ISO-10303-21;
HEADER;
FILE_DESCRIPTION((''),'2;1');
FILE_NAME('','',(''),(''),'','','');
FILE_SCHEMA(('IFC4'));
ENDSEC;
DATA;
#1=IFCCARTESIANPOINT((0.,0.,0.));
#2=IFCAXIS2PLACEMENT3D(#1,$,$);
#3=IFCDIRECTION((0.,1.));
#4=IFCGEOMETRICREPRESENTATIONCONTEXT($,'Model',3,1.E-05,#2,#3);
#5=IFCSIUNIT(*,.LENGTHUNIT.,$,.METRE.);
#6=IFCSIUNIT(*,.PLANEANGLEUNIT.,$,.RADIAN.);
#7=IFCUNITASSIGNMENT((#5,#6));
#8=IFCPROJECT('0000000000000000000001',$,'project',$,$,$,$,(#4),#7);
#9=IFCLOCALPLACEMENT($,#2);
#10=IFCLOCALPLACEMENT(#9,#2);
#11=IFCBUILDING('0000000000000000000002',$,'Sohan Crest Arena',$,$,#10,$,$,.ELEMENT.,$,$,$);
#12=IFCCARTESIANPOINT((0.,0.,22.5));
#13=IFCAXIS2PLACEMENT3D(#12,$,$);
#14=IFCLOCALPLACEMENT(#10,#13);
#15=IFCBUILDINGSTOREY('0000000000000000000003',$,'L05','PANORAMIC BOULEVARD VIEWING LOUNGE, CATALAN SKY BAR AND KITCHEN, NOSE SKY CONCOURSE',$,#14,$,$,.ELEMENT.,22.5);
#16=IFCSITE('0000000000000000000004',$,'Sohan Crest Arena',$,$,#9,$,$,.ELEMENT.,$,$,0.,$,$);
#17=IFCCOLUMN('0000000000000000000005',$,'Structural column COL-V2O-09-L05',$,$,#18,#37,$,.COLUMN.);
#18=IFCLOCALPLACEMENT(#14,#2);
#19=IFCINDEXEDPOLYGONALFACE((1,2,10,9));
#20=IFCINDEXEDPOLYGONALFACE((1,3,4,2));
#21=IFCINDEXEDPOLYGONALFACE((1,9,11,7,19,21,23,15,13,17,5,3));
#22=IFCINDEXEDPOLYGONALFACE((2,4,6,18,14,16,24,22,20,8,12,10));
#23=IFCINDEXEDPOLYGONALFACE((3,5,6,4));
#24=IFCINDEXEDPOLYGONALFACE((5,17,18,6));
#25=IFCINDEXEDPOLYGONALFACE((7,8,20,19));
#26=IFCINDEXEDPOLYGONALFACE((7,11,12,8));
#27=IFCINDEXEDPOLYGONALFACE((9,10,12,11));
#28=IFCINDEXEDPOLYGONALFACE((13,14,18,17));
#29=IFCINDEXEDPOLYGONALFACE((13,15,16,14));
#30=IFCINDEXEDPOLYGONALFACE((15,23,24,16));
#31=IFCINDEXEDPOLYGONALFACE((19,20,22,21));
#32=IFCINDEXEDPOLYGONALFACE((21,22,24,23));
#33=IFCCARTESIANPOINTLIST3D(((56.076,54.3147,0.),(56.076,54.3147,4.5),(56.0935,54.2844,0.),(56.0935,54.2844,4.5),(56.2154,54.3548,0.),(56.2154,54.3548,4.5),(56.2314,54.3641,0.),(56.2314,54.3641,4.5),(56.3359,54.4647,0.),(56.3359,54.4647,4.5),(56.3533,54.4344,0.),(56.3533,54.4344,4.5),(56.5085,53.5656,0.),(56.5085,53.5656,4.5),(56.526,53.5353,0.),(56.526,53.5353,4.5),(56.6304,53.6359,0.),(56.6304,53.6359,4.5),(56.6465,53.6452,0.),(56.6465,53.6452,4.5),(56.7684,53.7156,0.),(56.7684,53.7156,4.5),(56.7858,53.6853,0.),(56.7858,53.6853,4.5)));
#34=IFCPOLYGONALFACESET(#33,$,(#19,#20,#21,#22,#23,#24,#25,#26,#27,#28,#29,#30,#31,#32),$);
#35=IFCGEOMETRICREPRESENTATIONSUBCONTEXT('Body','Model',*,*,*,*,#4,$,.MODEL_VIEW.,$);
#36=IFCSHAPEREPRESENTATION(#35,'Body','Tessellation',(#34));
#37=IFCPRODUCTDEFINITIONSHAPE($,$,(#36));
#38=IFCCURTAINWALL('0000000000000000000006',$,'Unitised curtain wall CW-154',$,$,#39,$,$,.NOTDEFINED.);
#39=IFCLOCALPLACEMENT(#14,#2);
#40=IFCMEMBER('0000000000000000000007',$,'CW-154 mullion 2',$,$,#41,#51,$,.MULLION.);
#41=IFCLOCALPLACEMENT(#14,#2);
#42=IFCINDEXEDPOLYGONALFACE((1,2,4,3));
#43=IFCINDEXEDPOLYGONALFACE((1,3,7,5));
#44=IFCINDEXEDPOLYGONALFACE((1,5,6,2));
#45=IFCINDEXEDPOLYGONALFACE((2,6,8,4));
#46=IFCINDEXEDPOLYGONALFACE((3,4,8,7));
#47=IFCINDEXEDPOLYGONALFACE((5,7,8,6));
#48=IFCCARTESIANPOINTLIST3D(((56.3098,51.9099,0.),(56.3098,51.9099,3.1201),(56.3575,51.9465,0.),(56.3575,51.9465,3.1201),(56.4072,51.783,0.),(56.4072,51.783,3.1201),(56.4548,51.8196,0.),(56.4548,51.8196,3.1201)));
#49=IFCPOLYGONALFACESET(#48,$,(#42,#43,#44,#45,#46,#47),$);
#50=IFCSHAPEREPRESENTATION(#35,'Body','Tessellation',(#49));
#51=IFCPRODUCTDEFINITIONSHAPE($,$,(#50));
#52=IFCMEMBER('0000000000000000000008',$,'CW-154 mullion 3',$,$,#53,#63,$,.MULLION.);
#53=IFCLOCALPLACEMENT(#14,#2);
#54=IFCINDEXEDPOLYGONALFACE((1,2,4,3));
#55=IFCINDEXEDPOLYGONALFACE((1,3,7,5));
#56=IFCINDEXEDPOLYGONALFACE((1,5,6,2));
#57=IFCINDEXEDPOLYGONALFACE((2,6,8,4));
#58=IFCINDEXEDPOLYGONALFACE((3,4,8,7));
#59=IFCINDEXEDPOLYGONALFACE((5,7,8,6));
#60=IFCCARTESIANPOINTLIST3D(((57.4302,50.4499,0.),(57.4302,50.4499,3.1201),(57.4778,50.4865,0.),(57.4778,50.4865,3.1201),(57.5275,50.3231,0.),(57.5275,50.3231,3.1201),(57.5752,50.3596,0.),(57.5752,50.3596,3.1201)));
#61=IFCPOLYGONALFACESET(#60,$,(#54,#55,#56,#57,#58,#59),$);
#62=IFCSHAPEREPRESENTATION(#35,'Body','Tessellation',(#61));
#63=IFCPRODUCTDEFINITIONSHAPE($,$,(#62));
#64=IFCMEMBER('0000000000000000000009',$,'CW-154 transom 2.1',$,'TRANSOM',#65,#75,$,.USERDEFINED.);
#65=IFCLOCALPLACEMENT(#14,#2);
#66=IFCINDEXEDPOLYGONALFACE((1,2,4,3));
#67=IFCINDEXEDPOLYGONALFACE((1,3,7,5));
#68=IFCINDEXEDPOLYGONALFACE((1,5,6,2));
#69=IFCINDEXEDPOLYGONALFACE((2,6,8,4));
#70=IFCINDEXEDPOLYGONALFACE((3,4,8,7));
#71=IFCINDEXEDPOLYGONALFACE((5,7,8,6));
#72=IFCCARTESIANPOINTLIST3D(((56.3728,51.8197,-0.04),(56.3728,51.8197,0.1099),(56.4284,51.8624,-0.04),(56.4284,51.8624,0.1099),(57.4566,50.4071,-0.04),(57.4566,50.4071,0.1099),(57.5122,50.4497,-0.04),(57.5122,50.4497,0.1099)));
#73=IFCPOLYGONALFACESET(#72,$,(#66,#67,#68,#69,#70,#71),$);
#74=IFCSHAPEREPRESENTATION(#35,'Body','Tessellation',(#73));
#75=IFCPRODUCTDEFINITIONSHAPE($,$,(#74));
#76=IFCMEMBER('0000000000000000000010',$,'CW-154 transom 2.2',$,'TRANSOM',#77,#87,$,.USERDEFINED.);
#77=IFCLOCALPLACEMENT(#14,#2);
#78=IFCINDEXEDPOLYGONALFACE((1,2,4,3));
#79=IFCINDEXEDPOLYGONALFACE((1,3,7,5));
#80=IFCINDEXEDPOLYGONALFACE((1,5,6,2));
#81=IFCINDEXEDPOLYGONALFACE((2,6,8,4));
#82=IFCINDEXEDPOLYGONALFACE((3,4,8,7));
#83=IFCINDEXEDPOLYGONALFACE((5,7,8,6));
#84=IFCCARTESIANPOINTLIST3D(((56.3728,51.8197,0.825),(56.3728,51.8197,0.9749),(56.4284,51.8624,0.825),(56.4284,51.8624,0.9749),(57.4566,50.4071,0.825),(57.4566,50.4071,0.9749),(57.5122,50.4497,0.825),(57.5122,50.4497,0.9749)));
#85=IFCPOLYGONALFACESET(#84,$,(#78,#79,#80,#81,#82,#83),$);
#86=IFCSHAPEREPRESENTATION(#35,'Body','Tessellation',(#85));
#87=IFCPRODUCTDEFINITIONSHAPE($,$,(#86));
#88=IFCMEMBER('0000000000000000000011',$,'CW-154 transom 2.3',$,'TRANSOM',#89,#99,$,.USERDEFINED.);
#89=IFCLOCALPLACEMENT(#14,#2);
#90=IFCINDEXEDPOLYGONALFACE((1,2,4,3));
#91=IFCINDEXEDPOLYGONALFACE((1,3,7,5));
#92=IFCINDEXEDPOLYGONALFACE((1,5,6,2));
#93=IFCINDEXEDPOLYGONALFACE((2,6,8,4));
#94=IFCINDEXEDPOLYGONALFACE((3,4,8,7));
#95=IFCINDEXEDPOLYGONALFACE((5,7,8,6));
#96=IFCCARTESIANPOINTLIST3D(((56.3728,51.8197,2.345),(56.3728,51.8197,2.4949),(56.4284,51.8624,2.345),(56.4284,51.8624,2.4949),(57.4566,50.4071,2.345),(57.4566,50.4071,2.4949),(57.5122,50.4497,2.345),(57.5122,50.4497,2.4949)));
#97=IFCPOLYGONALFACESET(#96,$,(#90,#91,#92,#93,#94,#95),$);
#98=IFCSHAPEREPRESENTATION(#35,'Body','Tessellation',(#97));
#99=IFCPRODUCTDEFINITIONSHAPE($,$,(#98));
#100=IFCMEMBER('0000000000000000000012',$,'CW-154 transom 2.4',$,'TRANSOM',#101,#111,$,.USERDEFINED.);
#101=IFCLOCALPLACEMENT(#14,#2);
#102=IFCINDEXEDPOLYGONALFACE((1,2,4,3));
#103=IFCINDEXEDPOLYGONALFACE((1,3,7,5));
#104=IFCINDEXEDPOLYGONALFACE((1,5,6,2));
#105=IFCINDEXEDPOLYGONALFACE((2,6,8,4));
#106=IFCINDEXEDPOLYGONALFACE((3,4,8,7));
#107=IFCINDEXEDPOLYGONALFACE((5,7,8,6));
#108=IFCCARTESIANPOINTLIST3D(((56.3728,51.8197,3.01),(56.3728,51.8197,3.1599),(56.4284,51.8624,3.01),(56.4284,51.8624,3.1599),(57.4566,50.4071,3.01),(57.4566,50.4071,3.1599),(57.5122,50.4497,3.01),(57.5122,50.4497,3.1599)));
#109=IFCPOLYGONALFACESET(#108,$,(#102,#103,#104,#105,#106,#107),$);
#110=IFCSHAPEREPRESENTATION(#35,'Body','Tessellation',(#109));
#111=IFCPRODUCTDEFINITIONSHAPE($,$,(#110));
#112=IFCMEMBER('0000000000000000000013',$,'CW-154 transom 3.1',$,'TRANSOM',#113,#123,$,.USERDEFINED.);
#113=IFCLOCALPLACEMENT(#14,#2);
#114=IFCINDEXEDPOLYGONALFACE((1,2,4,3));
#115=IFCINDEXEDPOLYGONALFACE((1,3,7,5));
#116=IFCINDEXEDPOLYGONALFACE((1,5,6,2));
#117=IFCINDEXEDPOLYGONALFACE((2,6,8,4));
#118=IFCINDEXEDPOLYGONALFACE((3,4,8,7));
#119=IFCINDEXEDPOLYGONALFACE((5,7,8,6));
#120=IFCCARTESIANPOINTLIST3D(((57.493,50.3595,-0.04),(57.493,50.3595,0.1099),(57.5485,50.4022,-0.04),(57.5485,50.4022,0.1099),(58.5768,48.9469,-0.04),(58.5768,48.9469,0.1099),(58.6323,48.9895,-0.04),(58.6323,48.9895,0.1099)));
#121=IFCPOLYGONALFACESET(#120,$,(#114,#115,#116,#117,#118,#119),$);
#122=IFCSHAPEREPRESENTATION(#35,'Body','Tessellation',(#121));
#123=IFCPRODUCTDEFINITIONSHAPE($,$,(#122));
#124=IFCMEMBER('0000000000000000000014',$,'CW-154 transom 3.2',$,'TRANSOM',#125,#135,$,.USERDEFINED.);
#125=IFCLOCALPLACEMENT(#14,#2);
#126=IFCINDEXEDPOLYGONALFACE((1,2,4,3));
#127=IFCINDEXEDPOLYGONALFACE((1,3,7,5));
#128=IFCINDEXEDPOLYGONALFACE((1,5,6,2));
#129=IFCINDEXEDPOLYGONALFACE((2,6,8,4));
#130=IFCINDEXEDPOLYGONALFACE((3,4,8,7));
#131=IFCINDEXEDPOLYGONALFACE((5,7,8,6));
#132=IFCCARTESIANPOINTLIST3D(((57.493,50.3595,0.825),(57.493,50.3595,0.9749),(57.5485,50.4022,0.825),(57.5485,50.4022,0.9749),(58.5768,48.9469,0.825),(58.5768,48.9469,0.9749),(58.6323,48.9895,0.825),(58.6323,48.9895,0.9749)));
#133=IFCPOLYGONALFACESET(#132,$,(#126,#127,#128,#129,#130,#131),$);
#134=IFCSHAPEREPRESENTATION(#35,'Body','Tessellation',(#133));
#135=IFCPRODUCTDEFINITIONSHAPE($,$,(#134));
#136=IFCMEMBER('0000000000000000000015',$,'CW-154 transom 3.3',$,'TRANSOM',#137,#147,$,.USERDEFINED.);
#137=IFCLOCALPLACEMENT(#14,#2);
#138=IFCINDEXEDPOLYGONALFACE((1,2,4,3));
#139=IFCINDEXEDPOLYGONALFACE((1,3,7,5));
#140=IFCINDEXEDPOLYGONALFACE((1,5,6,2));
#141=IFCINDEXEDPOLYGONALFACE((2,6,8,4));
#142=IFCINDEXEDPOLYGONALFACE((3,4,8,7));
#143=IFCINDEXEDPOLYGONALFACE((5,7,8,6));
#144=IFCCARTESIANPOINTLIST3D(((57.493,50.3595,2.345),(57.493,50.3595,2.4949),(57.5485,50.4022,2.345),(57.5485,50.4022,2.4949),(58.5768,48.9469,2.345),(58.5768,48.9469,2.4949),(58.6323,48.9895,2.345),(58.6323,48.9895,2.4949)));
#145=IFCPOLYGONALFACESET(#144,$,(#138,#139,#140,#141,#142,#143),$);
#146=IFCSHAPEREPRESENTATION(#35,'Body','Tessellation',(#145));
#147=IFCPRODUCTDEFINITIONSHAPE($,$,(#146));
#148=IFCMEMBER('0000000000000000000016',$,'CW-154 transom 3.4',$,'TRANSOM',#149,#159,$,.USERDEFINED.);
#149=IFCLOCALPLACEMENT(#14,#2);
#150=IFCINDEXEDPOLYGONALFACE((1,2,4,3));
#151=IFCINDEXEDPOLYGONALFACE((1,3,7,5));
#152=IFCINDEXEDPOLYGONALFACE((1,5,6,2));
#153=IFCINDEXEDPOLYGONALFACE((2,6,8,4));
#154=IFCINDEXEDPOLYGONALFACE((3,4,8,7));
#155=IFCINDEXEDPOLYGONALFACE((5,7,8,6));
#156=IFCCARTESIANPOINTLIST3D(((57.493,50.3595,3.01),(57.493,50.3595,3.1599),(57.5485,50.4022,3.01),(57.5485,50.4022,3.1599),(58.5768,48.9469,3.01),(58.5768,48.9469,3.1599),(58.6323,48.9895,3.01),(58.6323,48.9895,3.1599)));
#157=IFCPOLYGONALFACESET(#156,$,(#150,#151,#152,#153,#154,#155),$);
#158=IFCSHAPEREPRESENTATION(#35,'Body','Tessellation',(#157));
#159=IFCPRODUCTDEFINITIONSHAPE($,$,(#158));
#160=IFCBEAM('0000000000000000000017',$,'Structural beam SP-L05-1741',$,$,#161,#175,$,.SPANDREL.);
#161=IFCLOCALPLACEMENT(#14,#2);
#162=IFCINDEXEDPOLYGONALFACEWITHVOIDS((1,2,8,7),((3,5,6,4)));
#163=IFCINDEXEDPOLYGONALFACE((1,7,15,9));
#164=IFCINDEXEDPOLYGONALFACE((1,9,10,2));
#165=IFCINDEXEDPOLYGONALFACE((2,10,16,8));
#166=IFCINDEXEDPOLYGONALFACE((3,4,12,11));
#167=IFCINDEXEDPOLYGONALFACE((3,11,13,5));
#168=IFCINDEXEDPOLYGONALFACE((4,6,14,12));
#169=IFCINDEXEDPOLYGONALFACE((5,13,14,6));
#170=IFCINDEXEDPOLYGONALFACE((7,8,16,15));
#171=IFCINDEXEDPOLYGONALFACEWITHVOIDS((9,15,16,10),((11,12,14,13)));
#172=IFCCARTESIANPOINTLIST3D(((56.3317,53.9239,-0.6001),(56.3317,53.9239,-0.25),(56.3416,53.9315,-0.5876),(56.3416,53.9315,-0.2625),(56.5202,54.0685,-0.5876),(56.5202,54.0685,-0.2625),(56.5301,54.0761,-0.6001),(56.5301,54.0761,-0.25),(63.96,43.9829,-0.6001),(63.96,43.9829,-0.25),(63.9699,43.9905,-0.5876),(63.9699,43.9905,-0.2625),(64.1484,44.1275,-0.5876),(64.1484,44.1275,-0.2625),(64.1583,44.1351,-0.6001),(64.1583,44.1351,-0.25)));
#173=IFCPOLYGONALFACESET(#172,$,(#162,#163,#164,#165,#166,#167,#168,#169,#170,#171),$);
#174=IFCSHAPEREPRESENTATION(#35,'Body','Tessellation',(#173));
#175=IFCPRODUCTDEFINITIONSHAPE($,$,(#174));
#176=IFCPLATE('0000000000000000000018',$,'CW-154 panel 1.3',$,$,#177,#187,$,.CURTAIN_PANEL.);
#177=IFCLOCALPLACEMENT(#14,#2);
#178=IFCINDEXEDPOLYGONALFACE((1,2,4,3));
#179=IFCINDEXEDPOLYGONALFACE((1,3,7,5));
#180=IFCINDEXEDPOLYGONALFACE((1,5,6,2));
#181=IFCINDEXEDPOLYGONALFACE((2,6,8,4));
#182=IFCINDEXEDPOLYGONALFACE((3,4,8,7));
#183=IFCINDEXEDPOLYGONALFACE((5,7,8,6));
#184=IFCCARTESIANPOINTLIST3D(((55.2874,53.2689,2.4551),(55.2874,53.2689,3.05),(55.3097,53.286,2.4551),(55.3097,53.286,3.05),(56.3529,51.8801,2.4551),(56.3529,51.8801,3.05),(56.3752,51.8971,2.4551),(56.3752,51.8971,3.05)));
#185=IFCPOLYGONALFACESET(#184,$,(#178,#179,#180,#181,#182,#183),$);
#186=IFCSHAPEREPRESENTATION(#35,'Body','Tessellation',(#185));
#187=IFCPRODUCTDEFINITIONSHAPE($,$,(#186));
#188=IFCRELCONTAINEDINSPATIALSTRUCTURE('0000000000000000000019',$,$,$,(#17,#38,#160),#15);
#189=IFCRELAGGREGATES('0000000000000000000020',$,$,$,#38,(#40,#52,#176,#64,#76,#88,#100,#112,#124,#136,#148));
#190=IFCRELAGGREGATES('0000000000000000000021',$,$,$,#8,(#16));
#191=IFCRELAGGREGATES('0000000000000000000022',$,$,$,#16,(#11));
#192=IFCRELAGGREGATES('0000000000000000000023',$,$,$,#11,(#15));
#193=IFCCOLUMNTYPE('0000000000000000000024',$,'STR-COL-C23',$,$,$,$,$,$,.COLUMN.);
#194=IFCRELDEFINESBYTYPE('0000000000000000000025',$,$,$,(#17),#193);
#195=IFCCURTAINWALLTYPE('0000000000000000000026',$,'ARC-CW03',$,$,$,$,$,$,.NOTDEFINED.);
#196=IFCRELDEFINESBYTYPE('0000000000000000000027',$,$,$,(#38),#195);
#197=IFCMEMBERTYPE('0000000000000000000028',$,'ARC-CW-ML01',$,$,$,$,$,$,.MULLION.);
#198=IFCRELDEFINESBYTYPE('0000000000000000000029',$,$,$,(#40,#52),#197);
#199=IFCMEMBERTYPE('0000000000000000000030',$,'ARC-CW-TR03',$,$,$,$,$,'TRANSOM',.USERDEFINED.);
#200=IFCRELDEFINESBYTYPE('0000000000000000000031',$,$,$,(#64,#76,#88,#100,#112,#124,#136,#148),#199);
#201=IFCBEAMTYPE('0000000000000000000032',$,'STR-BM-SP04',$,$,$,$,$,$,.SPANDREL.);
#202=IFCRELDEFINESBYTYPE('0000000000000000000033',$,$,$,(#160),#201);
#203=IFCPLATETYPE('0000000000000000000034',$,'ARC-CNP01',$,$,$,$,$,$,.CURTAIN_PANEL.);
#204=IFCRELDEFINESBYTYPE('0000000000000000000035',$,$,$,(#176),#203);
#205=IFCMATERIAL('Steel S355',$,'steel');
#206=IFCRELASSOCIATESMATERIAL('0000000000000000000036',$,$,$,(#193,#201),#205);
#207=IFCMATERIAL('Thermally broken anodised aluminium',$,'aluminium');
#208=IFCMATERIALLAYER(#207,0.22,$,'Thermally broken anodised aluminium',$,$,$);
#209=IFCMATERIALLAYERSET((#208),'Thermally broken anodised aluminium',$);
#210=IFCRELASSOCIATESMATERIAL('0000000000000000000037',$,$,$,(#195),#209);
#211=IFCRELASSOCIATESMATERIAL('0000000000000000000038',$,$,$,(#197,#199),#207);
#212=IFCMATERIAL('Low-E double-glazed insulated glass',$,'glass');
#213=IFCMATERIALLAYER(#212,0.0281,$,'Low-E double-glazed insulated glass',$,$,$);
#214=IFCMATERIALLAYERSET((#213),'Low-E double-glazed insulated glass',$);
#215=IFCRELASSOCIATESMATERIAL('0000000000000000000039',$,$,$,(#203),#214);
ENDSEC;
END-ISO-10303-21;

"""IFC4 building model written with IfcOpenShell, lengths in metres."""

from ifc_helpers import new_model, si_unit, direction, frame, origin, origin_2d, place, context, subcontext, project, spatial, rectangle, hollow_rectangle, i_section, extrude, material, layer, layer_set, material_profile, profile_set, type_object, element, aggregate, save


model = new_model("IFC4")

# Units and contexts
model_context = context("Model", 3, precision=1e-05, world=origin(), true_north=direction((0.0, 1.0)))
body_context = subcontext(model_context, "Body", "Model", "MODEL_VIEW")
ifc_project = project(units=[si_unit("LENGTHUNIT", "METRE"), si_unit("PLANEANGLEUNIT", "RADIAN")], contexts=[model_context])

# Site, building, storey
site_placement = place(None, origin())
site = spatial("IfcSite", under=ifc_project, at=site_placement, Name="Sohan Crest Arena", CompositionType="ELEMENT", RefElevation=0.0)
building_placement = place(site_placement, origin())
building = spatial("IfcBuilding", under=site, at=building_placement, Name="Sohan Crest Arena", CompositionType="ELEMENT")
storey_placement = place(building_placement, frame((0.0, 0.0, 22.5)))
storey = spatial("IfcBuildingStorey", under=building, at=storey_placement, Name="L05", Description="PANORAMIC BOULEVARD VIEWING LOUNGE, CATALAN SKY BAR AND KITCHEN, NOSE SKY CONCOURSE", CompositionType="ELEMENT", Elevation=22.5)

# Column
ifc_material_1 = material(Name="Steel S355", Category="steel")
ifc_material_profile_1 = material_profile(ifc_material_1, i_section(OverallWidth=0.3, OverallDepth=0.8999, WebThickness=0.0186, FlangeThickness=0.0349, at=origin_2d()), Name="HEB 900")
ifc_profile_set_1 = profile_set([ifc_material_profile_1], Name="Steel S355")
column_type = type_object("IfcColumnType", Name="STR-COL-C23", PredefinedType="COLUMN", material=ifc_profile_set_1)
column_placement = place(storey_placement, frame((56.4309, 54.0, 0.0), z_axis=(0.0, 0.0, 1.0), x_axis=(0.866025, 0.5, 0.0)))
element("IfcColumn", 1, at=column_placement, inside=storey, type_object=column_type, Name="Structural column COL-V2O-09-L05", PredefinedType="COLUMN", context=body_context, shape_type="SweptSolid", body=[
    extrude(i_section(OverallWidth=0.3, OverallDepth=0.8999, WebThickness=0.0186, FlangeThickness=0.0349, at=origin_2d()), origin(), (0.0, 0.0, 1.0), 4.5),
])

# Curtain wall, members
ifc_material_2 = material(Name="Thermally broken anodised aluminium", Category="aluminium")
ifc_layer_1 = layer(ifc_material_2, 0.22, Name="Thermally broken anodised aluminium")
ifc_layer_set_1 = layer_set([ifc_layer_1], Name="Thermally broken anodised aluminium")
curtain_wall_type = type_object("IfcCurtainWallType", Name="ARC-CW03", PredefinedType="NOTDEFINED", material=ifc_layer_set_1)
curtain_wall_placement = place(storey_placement, origin())
curtain_wall = element("IfcCurtainWall", 2, at=curtain_wall_placement, inside=storey, type_object=curtain_wall_type, Name="Unitised curtain wall CW-154", PredefinedType="NOTDEFINED")
ifc_material_profile_2 = material_profile(ifc_material_2, rectangle(XDim=0.0601, YDim=0.1599, at=origin_2d()), Name="ALU-MULL 60x160")
ifc_profile_set_2 = profile_set([ifc_material_profile_2], Name="Thermally broken anodised aluminium")
member_type_1 = type_object("IfcMemberType", Name="ARC-CW-ML01", PredefinedType="MULLION", material=ifc_profile_set_2)
member_1_placement = place(storey_placement, frame((56.3823, 51.8647, 0.0), z_axis=(0.0, 0.0, 1.0), x_axis=(0.793385, 0.60872, 0.0)))
member_1 = element("IfcMember", 3, at=member_1_placement, type_object=member_type_1, Name="CW-154 mullion 2", PredefinedType="MULLION", context=body_context, shape_type="SweptSolid", body=[
    extrude(rectangle(XDim=0.0601, YDim=0.1599, at=origin_2d()), origin(), (0.0, 0.0, 1.0), 3.1201),
])
member_2_placement = place(storey_placement, frame((57.5027, 50.4048, 0.0), z_axis=(0.0, 0.0, 1.0), x_axis=(0.793385, 0.60872, 0.0)))
member_2 = element("IfcMember", 4, at=member_2_placement, type_object=member_type_1, Name="CW-154 mullion 3", PredefinedType="MULLION", context=body_context, shape_type="SweptSolid", body=[
    extrude(rectangle(XDim=0.0601, YDim=0.1599, at=origin_2d()), origin(), (0.0, 0.0, 1.0), 3.1201),
])
ifc_material_profile_3 = material_profile(ifc_material_2, rectangle(XDim=0.0701, YDim=0.1499, at=origin_2d()), Name="ALU-TRAN 70x150")
ifc_profile_set_3 = profile_set([ifc_material_profile_3], Name="Thermally broken anodised aluminium")
member_type_2 = type_object("IfcMemberType", Name="ARC-CW-TR03", ElementType="TRANSOM", PredefinedType="USERDEFINED", material=ifc_profile_set_3)
member_3_placement = place(storey_placement, frame((56.4006, 51.8411, 0.0349), z_axis=(0.608696, -0.793403, 0.0), x_axis=(0.793403, 0.608696, 0.0)))
member_3 = element("IfcMember", 5, at=member_3_placement, type_object=member_type_2, Name="CW-154 transom 2.1", ObjectType="TRANSOM", PredefinedType="USERDEFINED", context=body_context, shape_type="SweptSolid", body=[
    extrude(rectangle(XDim=0.0701, YDim=0.1499, at=origin_2d()), origin(), (0.0, 0.0, 1.0), 1.7805),
])
member_4_placement = place(storey_placement, frame((56.4006, 51.8411, 0.8999), z_axis=(0.608696, -0.793403, 0.0), x_axis=(0.793403, 0.608696, 0.0)))
member_4 = element("IfcMember", 6, at=member_4_placement, type_object=member_type_2, Name="CW-154 transom 2.2", ObjectType="TRANSOM", PredefinedType="USERDEFINED", context=body_context, shape_type="SweptSolid", body=[
    extrude(rectangle(XDim=0.0701, YDim=0.1499, at=origin_2d()), origin(), (0.0, 0.0, 1.0), 1.7805),
])
member_5_placement = place(storey_placement, frame((56.4006, 51.8411, 2.4199), z_axis=(0.608696, -0.793403, 0.0), x_axis=(0.793403, 0.608696, 0.0)))
member_5 = element("IfcMember", 7, at=member_5_placement, type_object=member_type_2, Name="CW-154 transom 2.3", ObjectType="TRANSOM", PredefinedType="USERDEFINED", context=body_context, shape_type="SweptSolid", body=[
    extrude(rectangle(XDim=0.0701, YDim=0.1499, at=origin_2d()), origin(), (0.0, 0.0, 1.0), 1.7805),
])
member_6_placement = place(storey_placement, frame((56.4006, 51.8411, 3.085), z_axis=(0.608696, -0.793403, 0.0), x_axis=(0.793403, 0.608696, 0.0)))
member_6 = element("IfcMember", 8, at=member_6_placement, type_object=member_type_2, Name="CW-154 transom 2.4", ObjectType="TRANSOM", PredefinedType="USERDEFINED", context=body_context, shape_type="SweptSolid", body=[
    extrude(rectangle(XDim=0.0701, YDim=0.1499, at=origin_2d()), origin(), (0.0, 0.0, 1.0), 1.7805),
])
member_7_placement = place(storey_placement, frame((57.5208, 50.3809, 0.0349), z_axis=(0.608696, -0.793403, 0.0), x_axis=(0.793403, 0.608696, 0.0)))
member_7 = element("IfcMember", 9, at=member_7_placement, type_object=member_type_2, Name="CW-154 transom 3.1", ObjectType="TRANSOM", PredefinedType="USERDEFINED", context=body_context, shape_type="SweptSolid", body=[
    extrude(rectangle(XDim=0.0701, YDim=0.1499, at=origin_2d()), origin(), (0.0, 0.0, 1.0), 1.7805),
])
member_8_placement = place(storey_placement, frame((57.5208, 50.3809, 0.8999), z_axis=(0.608696, -0.793403, 0.0), x_axis=(0.793403, 0.608696, 0.0)))
member_8 = element("IfcMember", 10, at=member_8_placement, type_object=member_type_2, Name="CW-154 transom 3.2", ObjectType="TRANSOM", PredefinedType="USERDEFINED", context=body_context, shape_type="SweptSolid", body=[
    extrude(rectangle(XDim=0.0701, YDim=0.1499, at=origin_2d()), origin(), (0.0, 0.0, 1.0), 1.7805),
])
member_9_placement = place(storey_placement, frame((57.5208, 50.3809, 2.4199), z_axis=(0.608696, -0.793403, 0.0), x_axis=(0.793403, 0.608696, 0.0)))
member_9 = element("IfcMember", 11, at=member_9_placement, type_object=member_type_2, Name="CW-154 transom 3.3", ObjectType="TRANSOM", PredefinedType="USERDEFINED", context=body_context, shape_type="SweptSolid", body=[
    extrude(rectangle(XDim=0.0701, YDim=0.1499, at=origin_2d()), origin(), (0.0, 0.0, 1.0), 1.7805),
])
member_10_placement = place(storey_placement, frame((57.5208, 50.3809, 3.085), z_axis=(0.608696, -0.793403, 0.0), x_axis=(0.793403, 0.608696, 0.0)))
member_10 = element("IfcMember", 12, at=member_10_placement, type_object=member_type_2, Name="CW-154 transom 3.4", ObjectType="TRANSOM", PredefinedType="USERDEFINED", context=body_context, shape_type="SweptSolid", body=[
    extrude(rectangle(XDim=0.0701, YDim=0.1499, at=origin_2d()), origin(), (0.0, 0.0, 1.0), 1.7805),
])

# Beam
ifc_material_profile_4 = material_profile(ifc_material_1, hollow_rectangle(XDim=0.25, YDim=0.3501, WallThickness=0.0125, at=origin_2d()), Name="RHS 350x250x12.5")
ifc_profile_set_4 = profile_set([ifc_material_profile_4], Name="Steel S355")
beam_type = type_object("IfcBeamType", Name="STR-BM-SP04", PredefinedType="SPANDREL", material=ifc_profile_set_4)
beam_placement = place(storey_placement, frame((56.4309, 54.0, -0.425), z_axis=(0.608773, -0.793344, 0.0), x_axis=(0.793344, 0.608773, 0.0)))
element("IfcBeam", 13, at=beam_placement, inside=storey, type_object=beam_type, Name="Structural beam SP-L05-1741", PredefinedType="SPANDREL", context=body_context, shape_type="SweptSolid", body=[
    extrude(hollow_rectangle(XDim=0.25, YDim=0.3501, WallThickness=0.0125, at=origin_2d()), origin(), (0.0, 0.0, 1.0), 12.5305),
])

# Plate
ifc_material_3 = material(Name="Low-E double-glazed insulated glass", Category="glass")
ifc_layer_2 = layer(ifc_material_3, 0.0281, Name="Low-E double-glazed insulated glass")
ifc_layer_set_2 = layer_set([ifc_layer_2], Name="Low-E double-glazed insulated glass")
plate_type = type_object("IfcPlateType", Name="ARC-CNP01", PredefinedType="CURTAIN_PANEL", material=ifc_layer_set_2)
plate_1_placement = place(storey_placement, frame((55.8313, 52.583, 2.4551), z_axis=(0.0, 0.0, 1.0), x_axis=(0.60872, -0.793385, 0.0)))
plate_1 = element("IfcPlate", 14, at=plate_1_placement, type_object=plate_type, Name="CW-154 panel 1.3", PredefinedType="CURTAIN_PANEL", context=body_context, shape_type="SweptSolid", body=[
    extrude(rectangle(XDim=1.7505, YDim=0.0281, at=origin_2d()), origin(), (0.0, 0.0, 1.0), 0.595),
])
aggregate(curtain_wall, [member_1, member_2, plate_1, member_3, member_4, member_5, member_6, member_7, member_8, member_9, member_10])

save(model, "model.ifc")
